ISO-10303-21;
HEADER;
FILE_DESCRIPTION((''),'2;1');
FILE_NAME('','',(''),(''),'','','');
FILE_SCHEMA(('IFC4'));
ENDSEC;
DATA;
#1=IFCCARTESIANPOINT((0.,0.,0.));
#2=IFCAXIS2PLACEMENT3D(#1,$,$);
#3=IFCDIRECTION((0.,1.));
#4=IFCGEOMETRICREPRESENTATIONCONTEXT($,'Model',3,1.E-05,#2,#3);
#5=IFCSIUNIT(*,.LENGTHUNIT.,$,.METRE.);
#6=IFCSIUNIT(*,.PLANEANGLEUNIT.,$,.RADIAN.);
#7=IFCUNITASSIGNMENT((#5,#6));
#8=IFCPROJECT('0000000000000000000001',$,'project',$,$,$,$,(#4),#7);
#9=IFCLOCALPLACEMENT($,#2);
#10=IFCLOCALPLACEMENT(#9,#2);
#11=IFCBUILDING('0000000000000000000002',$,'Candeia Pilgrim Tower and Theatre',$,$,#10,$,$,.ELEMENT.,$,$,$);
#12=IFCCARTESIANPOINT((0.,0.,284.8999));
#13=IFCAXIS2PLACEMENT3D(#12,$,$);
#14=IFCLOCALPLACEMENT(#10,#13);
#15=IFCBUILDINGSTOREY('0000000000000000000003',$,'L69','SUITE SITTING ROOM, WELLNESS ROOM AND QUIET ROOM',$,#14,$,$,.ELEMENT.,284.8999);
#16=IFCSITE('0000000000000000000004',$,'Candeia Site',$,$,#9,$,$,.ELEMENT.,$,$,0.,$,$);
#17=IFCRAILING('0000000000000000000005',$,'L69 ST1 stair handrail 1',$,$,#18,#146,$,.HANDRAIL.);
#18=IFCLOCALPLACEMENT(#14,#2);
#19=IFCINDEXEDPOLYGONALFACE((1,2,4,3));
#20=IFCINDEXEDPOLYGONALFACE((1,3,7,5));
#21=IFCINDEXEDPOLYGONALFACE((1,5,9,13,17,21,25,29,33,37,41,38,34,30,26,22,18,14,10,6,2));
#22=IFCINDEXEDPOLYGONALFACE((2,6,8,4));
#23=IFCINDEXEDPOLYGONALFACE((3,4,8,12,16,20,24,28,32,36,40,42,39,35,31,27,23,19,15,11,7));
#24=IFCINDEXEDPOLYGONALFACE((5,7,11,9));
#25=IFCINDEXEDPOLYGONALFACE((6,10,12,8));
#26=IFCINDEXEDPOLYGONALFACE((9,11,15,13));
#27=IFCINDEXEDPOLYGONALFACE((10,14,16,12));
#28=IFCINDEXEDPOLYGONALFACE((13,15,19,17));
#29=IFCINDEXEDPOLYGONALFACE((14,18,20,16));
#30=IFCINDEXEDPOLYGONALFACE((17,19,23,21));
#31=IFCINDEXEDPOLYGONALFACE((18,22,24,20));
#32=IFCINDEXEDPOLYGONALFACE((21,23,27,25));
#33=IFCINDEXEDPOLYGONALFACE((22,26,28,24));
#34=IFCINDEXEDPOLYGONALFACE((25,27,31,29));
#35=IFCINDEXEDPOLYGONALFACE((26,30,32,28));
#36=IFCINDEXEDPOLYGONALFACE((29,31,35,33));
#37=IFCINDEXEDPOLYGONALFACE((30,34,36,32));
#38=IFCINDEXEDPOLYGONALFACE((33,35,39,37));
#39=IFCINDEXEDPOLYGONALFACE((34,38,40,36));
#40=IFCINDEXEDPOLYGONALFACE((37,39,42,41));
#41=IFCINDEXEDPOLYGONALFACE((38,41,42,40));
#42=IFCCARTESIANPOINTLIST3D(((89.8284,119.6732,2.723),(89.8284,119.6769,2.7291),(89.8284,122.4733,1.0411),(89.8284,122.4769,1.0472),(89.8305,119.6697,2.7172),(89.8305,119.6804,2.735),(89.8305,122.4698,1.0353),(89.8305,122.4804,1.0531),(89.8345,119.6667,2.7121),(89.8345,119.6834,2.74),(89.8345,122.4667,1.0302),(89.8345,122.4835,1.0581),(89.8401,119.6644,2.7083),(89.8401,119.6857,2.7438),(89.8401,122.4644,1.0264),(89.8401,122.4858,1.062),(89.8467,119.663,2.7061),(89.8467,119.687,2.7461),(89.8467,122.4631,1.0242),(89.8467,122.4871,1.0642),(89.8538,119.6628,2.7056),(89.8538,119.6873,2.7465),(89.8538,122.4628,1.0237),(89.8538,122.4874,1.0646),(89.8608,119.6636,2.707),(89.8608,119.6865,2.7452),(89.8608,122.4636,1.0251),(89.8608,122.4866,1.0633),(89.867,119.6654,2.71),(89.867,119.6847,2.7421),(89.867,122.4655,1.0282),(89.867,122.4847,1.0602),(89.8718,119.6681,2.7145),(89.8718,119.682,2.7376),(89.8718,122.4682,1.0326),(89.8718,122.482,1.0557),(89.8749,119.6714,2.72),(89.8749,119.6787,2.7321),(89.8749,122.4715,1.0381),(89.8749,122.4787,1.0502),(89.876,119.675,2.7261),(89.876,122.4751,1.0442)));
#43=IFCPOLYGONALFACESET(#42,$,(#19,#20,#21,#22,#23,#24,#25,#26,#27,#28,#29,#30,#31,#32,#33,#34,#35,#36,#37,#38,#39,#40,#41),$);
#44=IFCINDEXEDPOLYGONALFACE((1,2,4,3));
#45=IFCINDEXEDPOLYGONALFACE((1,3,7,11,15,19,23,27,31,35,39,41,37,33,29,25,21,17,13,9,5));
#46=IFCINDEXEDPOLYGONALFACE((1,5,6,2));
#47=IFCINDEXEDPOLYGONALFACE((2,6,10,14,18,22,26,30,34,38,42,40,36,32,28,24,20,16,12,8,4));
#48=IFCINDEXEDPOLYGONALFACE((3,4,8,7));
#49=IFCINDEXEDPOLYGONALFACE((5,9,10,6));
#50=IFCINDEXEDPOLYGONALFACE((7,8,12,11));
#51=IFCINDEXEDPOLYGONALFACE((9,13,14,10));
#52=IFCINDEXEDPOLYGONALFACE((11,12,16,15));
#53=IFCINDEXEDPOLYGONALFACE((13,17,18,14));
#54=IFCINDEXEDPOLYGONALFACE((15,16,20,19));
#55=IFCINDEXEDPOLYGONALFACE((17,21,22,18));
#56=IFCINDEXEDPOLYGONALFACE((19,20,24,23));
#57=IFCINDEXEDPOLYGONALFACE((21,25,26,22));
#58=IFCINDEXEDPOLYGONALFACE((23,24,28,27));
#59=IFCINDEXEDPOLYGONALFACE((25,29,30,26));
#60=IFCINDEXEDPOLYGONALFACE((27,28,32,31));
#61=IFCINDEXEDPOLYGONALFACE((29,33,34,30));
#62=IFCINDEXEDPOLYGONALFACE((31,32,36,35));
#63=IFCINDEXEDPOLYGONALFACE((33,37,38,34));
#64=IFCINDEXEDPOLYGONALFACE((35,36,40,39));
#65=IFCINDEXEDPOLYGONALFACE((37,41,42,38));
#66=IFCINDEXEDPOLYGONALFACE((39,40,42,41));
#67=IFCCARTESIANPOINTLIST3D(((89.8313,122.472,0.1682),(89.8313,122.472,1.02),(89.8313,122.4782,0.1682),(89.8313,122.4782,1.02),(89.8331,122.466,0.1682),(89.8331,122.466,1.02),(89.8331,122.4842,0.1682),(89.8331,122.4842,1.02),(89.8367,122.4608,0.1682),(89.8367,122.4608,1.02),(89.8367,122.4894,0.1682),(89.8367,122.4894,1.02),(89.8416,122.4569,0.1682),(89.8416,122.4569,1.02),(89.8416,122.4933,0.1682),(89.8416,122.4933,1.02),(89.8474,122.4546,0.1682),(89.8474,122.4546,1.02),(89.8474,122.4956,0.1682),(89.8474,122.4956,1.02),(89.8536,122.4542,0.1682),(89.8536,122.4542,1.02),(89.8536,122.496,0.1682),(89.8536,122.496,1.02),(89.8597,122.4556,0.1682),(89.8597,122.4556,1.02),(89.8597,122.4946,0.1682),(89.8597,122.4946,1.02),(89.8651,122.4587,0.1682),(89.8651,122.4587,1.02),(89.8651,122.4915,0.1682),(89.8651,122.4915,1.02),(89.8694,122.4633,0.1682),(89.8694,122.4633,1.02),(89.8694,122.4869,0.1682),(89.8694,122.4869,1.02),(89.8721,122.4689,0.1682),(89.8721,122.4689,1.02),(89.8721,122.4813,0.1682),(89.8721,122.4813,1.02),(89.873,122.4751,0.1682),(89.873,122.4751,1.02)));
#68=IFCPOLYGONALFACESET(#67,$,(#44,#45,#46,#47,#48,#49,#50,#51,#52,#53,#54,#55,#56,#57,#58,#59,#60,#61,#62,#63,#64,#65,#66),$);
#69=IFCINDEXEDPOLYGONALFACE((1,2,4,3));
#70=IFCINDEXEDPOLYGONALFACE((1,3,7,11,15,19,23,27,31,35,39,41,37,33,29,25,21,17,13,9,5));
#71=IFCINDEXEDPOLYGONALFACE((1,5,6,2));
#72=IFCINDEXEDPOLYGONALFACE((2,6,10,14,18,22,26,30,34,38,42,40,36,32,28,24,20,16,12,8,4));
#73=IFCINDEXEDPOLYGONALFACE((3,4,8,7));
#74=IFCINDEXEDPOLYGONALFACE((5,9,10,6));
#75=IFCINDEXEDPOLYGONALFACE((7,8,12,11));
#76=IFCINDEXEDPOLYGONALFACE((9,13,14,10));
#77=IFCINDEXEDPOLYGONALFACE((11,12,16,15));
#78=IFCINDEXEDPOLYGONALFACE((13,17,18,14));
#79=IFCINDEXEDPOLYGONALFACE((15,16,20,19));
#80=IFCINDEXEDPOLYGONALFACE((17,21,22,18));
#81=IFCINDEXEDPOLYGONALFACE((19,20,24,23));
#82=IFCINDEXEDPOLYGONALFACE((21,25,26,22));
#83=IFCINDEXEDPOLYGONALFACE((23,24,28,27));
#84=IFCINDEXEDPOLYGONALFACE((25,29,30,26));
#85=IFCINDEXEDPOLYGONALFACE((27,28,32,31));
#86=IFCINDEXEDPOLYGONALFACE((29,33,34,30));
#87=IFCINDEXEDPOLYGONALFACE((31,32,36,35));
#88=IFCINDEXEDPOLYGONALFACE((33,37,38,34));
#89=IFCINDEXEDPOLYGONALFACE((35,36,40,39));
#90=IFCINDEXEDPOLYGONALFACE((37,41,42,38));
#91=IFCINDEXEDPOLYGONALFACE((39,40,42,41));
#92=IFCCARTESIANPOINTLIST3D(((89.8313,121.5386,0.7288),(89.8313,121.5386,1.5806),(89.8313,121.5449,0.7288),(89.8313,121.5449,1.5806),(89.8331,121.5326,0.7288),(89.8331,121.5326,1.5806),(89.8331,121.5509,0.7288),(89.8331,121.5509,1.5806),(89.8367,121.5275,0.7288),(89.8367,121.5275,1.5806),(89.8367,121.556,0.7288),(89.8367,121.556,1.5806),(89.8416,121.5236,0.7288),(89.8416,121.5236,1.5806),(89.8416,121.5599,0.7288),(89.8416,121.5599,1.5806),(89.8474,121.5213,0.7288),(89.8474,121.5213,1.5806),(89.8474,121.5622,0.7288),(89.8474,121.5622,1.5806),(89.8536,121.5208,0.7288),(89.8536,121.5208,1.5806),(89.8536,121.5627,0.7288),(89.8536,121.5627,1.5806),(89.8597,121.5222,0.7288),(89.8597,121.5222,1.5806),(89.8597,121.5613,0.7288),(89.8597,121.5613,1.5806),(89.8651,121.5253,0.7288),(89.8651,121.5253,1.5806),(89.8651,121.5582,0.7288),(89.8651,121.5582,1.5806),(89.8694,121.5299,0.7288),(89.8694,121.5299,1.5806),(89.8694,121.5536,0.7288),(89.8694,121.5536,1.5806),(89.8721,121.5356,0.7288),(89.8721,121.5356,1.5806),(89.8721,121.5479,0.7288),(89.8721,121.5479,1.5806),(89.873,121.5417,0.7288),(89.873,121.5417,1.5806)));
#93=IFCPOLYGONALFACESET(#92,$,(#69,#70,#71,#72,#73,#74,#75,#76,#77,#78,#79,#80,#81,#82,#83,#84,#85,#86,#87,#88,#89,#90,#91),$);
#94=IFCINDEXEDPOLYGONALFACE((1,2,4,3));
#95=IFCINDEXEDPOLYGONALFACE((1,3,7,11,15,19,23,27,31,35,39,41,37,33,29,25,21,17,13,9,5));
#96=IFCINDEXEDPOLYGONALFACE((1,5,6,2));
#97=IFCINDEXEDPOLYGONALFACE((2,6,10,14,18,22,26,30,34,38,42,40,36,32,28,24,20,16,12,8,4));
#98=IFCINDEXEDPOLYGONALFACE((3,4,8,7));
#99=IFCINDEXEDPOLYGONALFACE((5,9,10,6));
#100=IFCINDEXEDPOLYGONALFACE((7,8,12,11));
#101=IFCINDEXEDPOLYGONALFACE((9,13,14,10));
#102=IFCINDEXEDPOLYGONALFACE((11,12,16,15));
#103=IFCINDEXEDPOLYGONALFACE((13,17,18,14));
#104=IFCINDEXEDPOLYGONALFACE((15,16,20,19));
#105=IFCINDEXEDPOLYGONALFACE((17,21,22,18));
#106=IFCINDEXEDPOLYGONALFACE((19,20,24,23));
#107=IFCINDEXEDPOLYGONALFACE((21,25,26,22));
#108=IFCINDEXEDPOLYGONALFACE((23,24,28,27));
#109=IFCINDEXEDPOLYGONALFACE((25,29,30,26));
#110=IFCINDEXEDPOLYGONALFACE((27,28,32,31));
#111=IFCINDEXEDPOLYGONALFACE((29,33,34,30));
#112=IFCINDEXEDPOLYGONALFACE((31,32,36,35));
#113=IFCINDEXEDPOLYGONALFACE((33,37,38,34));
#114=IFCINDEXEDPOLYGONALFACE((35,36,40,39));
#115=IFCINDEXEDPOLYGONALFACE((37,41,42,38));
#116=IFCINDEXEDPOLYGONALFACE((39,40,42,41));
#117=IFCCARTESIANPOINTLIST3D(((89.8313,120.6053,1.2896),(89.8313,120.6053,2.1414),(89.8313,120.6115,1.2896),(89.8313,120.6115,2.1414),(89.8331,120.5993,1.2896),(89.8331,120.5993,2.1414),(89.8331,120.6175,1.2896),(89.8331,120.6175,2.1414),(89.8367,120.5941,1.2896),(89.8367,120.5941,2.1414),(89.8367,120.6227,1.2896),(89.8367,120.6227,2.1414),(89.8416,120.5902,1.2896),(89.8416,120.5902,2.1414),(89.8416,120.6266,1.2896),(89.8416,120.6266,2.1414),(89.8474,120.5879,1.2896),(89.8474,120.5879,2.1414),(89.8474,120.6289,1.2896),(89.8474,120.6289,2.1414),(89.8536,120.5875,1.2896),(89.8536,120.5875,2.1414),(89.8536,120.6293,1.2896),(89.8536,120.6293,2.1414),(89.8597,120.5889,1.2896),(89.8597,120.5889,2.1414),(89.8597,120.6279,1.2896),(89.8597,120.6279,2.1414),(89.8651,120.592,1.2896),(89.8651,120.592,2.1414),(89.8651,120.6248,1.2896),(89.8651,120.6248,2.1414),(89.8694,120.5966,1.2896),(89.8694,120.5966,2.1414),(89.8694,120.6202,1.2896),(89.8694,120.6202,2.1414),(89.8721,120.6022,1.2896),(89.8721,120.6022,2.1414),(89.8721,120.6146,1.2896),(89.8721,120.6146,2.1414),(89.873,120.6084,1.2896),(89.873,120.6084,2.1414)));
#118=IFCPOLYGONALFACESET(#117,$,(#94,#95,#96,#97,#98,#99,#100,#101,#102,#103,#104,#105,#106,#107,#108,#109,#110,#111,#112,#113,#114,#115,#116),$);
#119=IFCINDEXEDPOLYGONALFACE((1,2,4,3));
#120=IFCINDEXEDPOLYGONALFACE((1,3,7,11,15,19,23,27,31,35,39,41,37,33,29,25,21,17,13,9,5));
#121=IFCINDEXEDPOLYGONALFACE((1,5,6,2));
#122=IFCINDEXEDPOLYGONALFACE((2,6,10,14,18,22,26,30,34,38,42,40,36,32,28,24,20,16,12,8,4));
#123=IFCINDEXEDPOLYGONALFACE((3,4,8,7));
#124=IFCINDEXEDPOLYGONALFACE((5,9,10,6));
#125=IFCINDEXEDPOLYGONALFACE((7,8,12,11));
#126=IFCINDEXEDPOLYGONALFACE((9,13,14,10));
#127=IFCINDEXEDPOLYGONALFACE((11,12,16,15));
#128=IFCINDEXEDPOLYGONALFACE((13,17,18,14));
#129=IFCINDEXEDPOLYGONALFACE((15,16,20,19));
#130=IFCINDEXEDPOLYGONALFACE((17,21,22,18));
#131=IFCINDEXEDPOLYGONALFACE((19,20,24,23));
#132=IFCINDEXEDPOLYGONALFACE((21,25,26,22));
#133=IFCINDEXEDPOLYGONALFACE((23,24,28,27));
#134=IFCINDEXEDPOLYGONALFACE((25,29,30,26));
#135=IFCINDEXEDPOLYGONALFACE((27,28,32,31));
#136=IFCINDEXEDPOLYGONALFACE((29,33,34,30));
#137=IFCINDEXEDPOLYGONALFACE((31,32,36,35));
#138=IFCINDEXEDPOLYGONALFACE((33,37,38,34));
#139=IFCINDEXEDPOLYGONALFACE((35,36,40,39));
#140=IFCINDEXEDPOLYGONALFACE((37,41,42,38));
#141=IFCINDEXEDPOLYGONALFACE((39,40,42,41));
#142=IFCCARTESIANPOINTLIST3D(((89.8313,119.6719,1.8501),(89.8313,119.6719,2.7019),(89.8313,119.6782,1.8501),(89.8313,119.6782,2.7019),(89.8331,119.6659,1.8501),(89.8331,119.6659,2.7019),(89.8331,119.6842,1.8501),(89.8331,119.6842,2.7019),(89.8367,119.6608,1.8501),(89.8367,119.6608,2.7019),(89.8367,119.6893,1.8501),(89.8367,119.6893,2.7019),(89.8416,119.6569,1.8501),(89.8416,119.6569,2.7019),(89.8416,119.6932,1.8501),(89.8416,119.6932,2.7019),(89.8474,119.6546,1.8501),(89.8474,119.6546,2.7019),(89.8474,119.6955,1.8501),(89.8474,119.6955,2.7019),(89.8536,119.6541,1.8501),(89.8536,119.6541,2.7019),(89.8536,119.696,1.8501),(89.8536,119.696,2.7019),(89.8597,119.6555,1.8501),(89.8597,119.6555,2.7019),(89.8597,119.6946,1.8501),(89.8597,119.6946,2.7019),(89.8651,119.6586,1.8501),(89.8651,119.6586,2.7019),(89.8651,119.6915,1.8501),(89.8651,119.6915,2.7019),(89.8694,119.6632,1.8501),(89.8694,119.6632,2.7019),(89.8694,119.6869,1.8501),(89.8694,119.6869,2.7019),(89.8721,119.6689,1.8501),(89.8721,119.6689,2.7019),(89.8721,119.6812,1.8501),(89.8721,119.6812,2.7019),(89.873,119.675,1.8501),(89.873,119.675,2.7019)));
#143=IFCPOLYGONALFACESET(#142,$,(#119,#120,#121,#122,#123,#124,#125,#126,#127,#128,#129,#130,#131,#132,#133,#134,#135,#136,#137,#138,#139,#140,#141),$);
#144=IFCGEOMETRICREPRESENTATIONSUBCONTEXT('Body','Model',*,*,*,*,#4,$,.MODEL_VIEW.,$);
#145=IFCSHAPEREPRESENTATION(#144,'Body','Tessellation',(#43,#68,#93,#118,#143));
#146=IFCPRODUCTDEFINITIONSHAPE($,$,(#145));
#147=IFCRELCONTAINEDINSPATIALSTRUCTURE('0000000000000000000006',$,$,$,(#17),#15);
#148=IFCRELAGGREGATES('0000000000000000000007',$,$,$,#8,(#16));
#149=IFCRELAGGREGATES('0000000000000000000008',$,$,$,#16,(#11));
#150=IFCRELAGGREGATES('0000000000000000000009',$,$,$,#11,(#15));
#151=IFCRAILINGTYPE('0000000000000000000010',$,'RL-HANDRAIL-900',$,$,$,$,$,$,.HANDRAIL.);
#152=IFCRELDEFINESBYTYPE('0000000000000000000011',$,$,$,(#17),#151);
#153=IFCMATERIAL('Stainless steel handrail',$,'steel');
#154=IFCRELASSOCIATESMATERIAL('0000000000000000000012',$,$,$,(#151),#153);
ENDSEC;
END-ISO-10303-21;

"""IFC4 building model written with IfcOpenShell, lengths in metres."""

from ifc_helpers import new_model, si_unit, direction, frame, origin, origin_2d, place, context, subcontext, project, spatial, circle, extrude, material, type_object, element, save


model = new_model("IFC4")

# Units and contexts
model_context = context("Model", 3, precision=1e-05, world=origin(), true_north=direction((0.0, 1.0)))
body_context = subcontext(model_context, "Body", "Model", "MODEL_VIEW")
ifc_project = project(units=[si_unit("LENGTHUNIT", "METRE"), si_unit("PLANEANGLEUNIT", "RADIAN")], contexts=[model_context])

# Site, building, storey
site_placement = place(None, origin())
site = spatial("IfcSite", under=ifc_project, at=site_placement, Name="Candeia Site", CompositionType="ELEMENT", RefElevation=0.0)
building_placement = place(site_placement, origin())
building = spatial("IfcBuilding", under=site, at=building_placement, Name="Candeia Pilgrim Tower and Theatre", CompositionType="ELEMENT")
storey_placement = place(building_placement, frame((0.0, 0.0, 284.8999)))
storey = spatial("IfcBuildingStorey", under=building, at=storey_placement, Name="L69", Description="SUITE SITTING ROOM, WELLNESS ROOM AND QUIET ROOM", CompositionType="ELEMENT", Elevation=284.8999)

# Railing
ifc_material_1 = material(Name="Stainless steel handrail", Category="steel")
railing_type_1 = type_object("IfcRailingType", Name="RL-HANDRAIL-900", PredefinedType="HANDRAIL", material=ifc_material_1)
railing_1_placement = place(storey_placement, frame((89.8521, 122.4751, 0.1682)))
element("IfcRailing", 1, at=railing_1_placement, inside=storey, type_object=railing_type_1, Name="L69 ST1 stair handrail 1", PredefinedType="HANDRAIL", context=body_context, shape_type="SweptSolid", body=[
    extrude(circle(Radius=0.0239, at=origin_2d()), frame((0.0, 0.0, 0.876), z_axis=(0.0, -0.857242, 0.514913), x_axis=(1.0, 0.0, 0.0)), (0.0, 0.0, 1.0), 3.2664),
    extrude(circle(Radius=0.021, at=origin_2d()), origin(), (0.0, 0.0, 1.0), 0.8518),
    extrude(circle(Radius=0.021, at=origin_2d()), frame((0.0, -0.9333, 0.5605)), (0.0, 0.0, 1.0), 0.8518),
    extrude(circle(Radius=0.021, at=origin_2d()), frame((0.0, -1.8667, 1.1213)), (0.0, 0.0, 1.0), 0.8518),
    extrude(circle(Radius=0.021, at=origin_2d()), frame((0.0, -2.8, 1.6819)), (0.0, 0.0, 1.0), 0.8518),
])

save(model, "model.ifc")
